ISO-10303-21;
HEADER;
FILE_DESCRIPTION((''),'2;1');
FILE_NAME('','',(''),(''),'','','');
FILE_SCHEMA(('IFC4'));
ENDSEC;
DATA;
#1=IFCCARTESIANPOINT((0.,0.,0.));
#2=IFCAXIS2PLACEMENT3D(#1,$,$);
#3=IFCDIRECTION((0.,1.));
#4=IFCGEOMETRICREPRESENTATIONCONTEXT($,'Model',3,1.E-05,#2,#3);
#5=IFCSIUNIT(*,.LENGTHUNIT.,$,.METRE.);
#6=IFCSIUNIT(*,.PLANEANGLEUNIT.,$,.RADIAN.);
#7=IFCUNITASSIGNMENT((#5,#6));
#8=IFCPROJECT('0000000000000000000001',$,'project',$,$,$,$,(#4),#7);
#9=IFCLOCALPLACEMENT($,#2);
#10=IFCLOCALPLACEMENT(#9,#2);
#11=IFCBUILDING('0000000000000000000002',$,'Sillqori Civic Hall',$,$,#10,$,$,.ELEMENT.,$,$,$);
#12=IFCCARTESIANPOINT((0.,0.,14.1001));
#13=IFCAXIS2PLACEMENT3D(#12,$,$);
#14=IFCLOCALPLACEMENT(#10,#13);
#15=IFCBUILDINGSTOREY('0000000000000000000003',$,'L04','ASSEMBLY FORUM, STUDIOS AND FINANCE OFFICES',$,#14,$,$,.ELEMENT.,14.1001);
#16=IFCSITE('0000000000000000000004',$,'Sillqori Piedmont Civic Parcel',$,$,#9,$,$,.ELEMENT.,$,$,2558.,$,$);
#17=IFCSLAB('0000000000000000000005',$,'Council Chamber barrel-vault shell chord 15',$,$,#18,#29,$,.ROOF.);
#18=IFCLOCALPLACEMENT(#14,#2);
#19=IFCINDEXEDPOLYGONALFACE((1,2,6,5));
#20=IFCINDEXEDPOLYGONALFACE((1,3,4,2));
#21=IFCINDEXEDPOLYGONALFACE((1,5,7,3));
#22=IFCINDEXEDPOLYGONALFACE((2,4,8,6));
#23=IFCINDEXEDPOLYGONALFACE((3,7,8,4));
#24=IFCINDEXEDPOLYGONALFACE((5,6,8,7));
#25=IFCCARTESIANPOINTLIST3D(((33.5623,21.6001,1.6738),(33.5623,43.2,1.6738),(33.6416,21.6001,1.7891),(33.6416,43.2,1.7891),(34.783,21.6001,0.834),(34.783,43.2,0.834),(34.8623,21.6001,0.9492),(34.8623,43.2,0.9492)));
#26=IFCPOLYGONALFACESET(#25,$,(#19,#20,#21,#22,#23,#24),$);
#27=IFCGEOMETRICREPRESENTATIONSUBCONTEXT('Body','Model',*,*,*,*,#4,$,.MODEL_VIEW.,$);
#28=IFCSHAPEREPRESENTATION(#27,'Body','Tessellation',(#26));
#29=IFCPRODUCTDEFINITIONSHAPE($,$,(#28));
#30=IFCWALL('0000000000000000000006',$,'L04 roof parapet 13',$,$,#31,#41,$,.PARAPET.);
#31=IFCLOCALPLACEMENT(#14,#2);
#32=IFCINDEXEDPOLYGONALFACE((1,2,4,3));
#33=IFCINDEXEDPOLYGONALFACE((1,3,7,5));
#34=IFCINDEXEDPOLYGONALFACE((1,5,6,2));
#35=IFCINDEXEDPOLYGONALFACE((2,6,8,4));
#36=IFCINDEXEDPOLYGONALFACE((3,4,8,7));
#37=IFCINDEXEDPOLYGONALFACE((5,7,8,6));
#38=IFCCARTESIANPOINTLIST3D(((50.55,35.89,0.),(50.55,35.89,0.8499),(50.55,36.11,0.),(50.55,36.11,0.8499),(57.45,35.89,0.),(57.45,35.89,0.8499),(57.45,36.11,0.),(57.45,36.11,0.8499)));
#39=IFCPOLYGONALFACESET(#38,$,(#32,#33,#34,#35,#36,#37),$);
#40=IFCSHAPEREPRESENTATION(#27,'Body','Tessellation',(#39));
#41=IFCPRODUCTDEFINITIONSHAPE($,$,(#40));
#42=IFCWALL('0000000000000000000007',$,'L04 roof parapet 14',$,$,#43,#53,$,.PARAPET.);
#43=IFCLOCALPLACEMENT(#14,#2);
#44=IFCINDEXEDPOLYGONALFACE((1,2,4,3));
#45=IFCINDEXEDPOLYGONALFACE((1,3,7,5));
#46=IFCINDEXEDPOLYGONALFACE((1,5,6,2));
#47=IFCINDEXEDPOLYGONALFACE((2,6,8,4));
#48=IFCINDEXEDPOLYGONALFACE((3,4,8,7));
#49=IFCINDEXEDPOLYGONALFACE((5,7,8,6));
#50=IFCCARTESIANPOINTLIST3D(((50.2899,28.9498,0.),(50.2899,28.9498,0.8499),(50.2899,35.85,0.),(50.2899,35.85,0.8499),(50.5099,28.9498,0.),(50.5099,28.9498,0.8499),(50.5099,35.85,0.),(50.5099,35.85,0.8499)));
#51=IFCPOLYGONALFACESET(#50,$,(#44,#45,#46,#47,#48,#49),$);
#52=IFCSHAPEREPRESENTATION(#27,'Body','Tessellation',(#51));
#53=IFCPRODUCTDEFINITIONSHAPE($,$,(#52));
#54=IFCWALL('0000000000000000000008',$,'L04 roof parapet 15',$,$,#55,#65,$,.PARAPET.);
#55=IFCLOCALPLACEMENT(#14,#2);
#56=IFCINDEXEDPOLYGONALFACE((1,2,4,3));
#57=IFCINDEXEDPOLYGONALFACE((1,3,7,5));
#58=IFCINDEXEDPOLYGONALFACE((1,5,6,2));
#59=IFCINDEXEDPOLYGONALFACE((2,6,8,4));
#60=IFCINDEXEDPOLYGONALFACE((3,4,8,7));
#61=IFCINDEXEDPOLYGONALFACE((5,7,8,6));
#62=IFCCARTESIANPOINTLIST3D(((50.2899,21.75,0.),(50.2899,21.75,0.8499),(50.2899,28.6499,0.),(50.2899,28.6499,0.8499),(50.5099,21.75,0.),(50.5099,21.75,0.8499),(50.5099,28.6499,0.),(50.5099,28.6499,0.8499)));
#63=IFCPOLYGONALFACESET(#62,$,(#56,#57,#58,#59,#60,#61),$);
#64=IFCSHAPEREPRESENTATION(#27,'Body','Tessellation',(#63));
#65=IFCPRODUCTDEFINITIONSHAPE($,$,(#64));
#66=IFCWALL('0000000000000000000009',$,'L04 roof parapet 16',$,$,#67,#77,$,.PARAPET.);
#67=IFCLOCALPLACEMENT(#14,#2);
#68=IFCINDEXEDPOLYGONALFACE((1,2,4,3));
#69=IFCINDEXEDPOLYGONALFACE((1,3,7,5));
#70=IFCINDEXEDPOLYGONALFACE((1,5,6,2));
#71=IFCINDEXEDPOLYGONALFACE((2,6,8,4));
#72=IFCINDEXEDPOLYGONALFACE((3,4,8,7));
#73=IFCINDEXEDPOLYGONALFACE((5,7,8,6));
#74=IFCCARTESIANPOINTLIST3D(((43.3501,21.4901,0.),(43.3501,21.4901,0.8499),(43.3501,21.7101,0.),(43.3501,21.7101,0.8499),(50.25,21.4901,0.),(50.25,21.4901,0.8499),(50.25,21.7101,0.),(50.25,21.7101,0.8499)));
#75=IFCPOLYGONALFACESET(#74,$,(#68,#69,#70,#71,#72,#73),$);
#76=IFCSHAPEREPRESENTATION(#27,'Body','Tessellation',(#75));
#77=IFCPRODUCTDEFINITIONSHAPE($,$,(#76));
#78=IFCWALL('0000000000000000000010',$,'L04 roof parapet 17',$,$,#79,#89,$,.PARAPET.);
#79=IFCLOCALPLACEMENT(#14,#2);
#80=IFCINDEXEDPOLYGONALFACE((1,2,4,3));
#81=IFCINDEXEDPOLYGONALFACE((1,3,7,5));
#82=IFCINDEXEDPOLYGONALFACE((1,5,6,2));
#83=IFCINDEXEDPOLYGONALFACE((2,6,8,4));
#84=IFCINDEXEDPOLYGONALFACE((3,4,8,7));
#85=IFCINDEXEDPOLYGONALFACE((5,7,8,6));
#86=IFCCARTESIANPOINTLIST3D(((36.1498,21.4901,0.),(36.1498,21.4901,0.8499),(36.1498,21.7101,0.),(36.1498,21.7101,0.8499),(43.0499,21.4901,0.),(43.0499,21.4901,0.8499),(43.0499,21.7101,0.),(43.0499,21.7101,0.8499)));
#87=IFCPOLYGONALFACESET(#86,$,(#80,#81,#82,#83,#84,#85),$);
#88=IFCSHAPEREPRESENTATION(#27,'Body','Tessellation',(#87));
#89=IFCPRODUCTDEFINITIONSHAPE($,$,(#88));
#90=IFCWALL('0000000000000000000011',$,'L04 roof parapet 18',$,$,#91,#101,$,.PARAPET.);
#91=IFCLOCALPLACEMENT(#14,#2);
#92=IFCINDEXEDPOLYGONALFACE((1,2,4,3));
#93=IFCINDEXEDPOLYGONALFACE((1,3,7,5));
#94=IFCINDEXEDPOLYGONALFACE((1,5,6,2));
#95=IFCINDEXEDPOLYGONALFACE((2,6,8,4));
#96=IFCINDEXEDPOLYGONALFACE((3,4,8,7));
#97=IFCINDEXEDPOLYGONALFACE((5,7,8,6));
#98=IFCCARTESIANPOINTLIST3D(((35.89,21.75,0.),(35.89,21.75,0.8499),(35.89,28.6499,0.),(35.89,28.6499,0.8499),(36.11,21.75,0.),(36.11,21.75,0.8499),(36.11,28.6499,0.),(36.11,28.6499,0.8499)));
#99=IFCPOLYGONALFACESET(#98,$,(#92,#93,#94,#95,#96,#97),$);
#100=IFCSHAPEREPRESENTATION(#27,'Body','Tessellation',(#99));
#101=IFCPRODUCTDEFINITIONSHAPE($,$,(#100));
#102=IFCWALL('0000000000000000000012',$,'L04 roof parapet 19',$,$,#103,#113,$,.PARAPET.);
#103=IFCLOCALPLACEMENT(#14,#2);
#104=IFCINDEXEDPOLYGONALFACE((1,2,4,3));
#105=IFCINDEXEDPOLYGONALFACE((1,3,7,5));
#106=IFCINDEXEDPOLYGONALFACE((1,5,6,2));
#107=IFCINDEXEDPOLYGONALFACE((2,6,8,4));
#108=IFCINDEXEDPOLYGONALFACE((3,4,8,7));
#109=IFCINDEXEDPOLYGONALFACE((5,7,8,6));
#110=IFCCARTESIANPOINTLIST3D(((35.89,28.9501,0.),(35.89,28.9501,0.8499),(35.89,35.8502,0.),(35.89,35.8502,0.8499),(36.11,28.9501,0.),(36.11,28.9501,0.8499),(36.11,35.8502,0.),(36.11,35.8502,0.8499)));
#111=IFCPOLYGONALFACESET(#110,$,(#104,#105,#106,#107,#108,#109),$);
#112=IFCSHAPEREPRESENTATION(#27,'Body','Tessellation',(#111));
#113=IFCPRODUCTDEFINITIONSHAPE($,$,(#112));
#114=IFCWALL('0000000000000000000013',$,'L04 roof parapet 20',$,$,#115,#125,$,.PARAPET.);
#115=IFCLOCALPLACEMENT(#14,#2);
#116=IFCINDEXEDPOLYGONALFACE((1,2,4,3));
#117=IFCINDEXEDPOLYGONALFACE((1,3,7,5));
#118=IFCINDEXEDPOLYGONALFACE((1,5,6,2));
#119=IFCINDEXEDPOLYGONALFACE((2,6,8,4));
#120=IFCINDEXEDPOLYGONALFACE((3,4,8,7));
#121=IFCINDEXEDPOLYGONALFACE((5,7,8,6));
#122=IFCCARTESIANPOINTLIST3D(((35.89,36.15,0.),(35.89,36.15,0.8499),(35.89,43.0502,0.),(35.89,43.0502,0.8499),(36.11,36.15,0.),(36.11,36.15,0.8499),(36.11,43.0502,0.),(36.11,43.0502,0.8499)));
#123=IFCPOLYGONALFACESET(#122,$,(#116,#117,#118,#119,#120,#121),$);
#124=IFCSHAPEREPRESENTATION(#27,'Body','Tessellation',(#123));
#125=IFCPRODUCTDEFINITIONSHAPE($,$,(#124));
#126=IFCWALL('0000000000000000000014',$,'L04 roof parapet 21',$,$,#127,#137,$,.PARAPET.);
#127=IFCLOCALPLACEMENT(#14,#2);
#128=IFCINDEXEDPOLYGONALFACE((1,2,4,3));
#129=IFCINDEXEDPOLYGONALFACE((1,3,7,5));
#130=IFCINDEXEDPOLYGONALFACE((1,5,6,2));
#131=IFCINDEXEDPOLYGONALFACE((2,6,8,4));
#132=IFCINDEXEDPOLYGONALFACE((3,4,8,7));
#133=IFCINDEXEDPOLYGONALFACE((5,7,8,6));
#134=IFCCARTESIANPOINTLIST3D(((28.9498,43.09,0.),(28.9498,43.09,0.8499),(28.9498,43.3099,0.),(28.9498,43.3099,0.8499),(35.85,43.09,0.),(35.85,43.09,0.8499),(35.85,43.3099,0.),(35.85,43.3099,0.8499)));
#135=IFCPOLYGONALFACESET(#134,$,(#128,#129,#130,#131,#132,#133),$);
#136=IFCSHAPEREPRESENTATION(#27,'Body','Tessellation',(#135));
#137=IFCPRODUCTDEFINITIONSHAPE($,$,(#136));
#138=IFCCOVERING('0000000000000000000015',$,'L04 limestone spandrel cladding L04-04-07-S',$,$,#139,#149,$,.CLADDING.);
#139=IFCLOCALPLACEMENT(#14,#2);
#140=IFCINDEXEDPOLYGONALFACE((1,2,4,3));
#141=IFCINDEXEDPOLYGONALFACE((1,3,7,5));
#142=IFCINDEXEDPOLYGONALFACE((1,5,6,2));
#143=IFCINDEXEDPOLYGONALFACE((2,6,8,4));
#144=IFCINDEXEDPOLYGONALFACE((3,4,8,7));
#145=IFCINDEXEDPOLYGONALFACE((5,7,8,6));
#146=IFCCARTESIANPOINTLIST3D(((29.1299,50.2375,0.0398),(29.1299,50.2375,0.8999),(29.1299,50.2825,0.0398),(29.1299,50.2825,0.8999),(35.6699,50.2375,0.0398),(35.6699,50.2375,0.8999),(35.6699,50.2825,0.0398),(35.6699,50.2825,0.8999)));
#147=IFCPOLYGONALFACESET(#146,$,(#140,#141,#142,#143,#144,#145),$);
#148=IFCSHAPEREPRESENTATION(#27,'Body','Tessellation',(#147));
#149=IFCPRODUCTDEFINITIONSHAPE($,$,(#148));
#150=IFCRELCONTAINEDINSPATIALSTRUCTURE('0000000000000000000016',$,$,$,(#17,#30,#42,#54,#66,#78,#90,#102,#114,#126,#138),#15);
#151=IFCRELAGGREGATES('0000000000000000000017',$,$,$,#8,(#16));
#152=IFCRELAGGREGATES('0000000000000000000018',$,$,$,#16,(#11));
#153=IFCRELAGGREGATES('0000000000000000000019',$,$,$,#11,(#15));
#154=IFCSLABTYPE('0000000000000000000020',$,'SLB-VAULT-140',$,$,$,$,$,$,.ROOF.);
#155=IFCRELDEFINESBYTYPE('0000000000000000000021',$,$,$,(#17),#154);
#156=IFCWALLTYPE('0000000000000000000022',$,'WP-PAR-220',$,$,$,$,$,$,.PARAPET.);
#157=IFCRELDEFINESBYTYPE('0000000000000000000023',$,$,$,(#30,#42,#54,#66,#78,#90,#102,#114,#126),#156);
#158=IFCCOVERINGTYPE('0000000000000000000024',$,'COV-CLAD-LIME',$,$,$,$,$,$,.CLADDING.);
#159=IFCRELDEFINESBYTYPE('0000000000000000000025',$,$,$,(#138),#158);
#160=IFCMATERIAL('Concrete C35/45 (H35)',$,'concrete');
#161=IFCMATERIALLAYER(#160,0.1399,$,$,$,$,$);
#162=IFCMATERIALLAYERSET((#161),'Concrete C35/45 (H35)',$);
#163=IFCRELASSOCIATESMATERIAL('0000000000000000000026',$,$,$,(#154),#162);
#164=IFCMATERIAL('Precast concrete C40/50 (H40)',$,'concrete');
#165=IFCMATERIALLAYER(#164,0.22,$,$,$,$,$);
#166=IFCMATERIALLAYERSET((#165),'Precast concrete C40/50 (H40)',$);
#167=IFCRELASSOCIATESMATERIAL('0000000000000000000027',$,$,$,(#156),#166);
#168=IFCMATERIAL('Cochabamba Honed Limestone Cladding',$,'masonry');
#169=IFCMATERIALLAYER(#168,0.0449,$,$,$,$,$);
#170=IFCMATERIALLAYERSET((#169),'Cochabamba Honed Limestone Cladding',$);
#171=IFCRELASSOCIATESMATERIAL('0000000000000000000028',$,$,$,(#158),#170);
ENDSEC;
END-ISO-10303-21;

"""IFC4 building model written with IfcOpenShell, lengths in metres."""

from ifc_helpers import new_model, si_unit, direction, frame, frame_2d, origin, place, context, subcontext, project, spatial, polyline, rectangle, outline, extrude, material, layer, layer_set, type_object, element, save


model = new_model("IFC4")

# Units and contexts
model_context = context("Model", 3, precision=1e-05, world=origin(), true_north=direction((0.0, 1.0)))
body_context = subcontext(model_context, "Body", "Model", "MODEL_VIEW")
ifc_project = project(units=[si_unit("LENGTHUNIT", "METRE"), si_unit("PLANEANGLEUNIT", "RADIAN")], contexts=[model_context])

# Site, building, storey
site_placement = place(None, origin())
site = spatial("IfcSite", under=ifc_project, at=site_placement, Name="Sillqori Piedmont Civic Parcel", CompositionType="ELEMENT", RefElevation=2558.0)
building_placement = place(site_placement, origin())
building = spatial("IfcBuilding", under=site, at=building_placement, Name="Sillqori Civic Hall", CompositionType="ELEMENT")
storey_placement = place(building_placement, frame((0.0, 0.0, 14.1001)))
storey = spatial("IfcBuildingStorey", under=building, at=storey_placement, Name="L04", Description="ASSEMBLY FORUM, STUDIOS AND FINANCE OFFICES", CompositionType="ELEMENT", Elevation=14.1001)

# Shared definitions
ifc_material_1 = material(Name="Precast concrete C40/50 (H40)", Category="concrete")

# Slab
ifc_material_2 = material(Name="Concrete C35/45 (H35)", Category="concrete")
ifc_layer_1 = layer(ifc_material_2, 0.1399)
ifc_layer_set_1 = layer_set([ifc_layer_1], Name="Concrete C35/45 (H35)")
slab_type = type_object("IfcSlabType", Name="SLB-VAULT-140", PredefinedType="ROOF", material=ifc_layer_set_1)
slab_1_placement = place(storey_placement, frame((33.6416, 21.6001, 1.7891), z_axis=(0.566809, 0.0, 0.82385), x_axis=(0.82385, 0.0, -0.566809)))
element("IfcSlab", 1, at=slab_1_placement, inside=storey, type_object=slab_type, Name="Council Chamber barrel-vault shell chord 15", PredefinedType="ROOF", context=body_context, shape_type="SweptSolid", body=[
    extrude(outline(polyline([(0.0, 0.0), (1.4817, 0.0), (1.4817, 21.5999), (0.0, 21.5999), (0.0, 0.0)])), origin(), (0.0, 0.0, -1.0), 0.1399),
])

# Walls
ifc_layer_2 = layer(ifc_material_1, 0.22)
ifc_layer_set_2 = layer_set([ifc_layer_2], Name="Precast concrete C40/50 (H40)")
wall_type = type_object("IfcWallType", Name="WP-PAR-220", PredefinedType="PARAPET", material=ifc_layer_set_2)
wall_1_placement = place(storey_placement, frame((57.45, 36.0, 0.0), z_axis=(0.0, 0.0, 1.0), x_axis=(-1.0, 0.0, 0.0)))
element("IfcWall", 2, at=wall_1_placement, inside=storey, type_object=wall_type, Name="L04 roof parapet 13", PredefinedType="PARAPET", context=body_context, shape_type="SweptSolid", body=[
    extrude(rectangle(XDim=6.8999, YDim=0.22, at=frame_2d((3.45, 0.0))), origin(), (0.0, 0.0, 1.0), 0.8499),
])
wall_2_placement = place(storey_placement, frame((50.3999, 35.8501, 0.0), z_axis=(0.0, 0.0, 1.0), x_axis=(0.0, -1.0, 0.0)))
element("IfcWall", 3, at=wall_2_placement, inside=storey, type_object=wall_type, Name="L04 roof parapet 14", PredefinedType="PARAPET", context=body_context, shape_type="SweptSolid", body=[
    extrude(rectangle(XDim=6.9001, YDim=0.22, at=frame_2d((3.4502, 0.0))), origin(), (0.0, 0.0, 1.0), 0.8499),
])
for number, where, z_axis, x_axis, name in (
    (4, (50.3999, 28.6499, 0.0), (0.0, 0.0, 1.0), (0.0, -1.0, 0.0), "L04 roof parapet 15"),
    (5, (50.25, 21.6001, 0.0), (0.0, 0.0, 1.0), (-1.0, 0.0, 0.0), "L04 roof parapet 16"),
):
    element("IfcWall", number, at=place(storey_placement, frame(where, z_axis=z_axis, x_axis=x_axis)), inside=storey, type_object=wall_type, Name=name, PredefinedType="PARAPET", context=body_context, shape_type="SweptSolid", body=[
        extrude(rectangle(XDim=6.8999, YDim=0.22, at=frame_2d((3.45, 0.0))), origin(), (0.0, 0.0, 1.0), 0.8499),
    ])
wall_3_placement = place(storey_placement, frame((43.05, 21.6001, 0.0), z_axis=(0.0, 0.0, 1.0), x_axis=(-1.0, 0.0, 0.0)))
element("IfcWall", 6, at=wall_3_placement, inside=storey, type_object=wall_type, Name="L04 roof parapet 17", PredefinedType="PARAPET", context=body_context, shape_type="SweptSolid", body=[
    extrude(rectangle(XDim=6.9001, YDim=0.22, at=frame_2d((3.4502, 0.0))), origin(), (0.0, 0.0, 1.0), 0.8499),
])
wall_4_placement = place(storey_placement, frame((36.0, 21.75, 0.0), z_axis=(0.0, 0.0, 1.0), x_axis=(0.0, 1.0, 0.0)))
element("IfcWall", 7, at=wall_4_placement, inside=storey, type_object=wall_type, Name="L04 roof parapet 18", PredefinedType="PARAPET", context=body_context, shape_type="SweptSolid", body=[
    extrude(rectangle(XDim=6.8999, YDim=0.22, at=frame_2d((3.45, 0.0))), origin(), (0.0, 0.0, 1.0), 0.8499),
])
for number, where, z_axis, x_axis, name in (
    (8, (36.0, 28.95, 0.0), (0.0, 0.0, 1.0), (0.0, 1.0, 0.0), "L04 roof parapet 19"),
    (9, (36.0, 36.1499, 0.0), (0.0, 0.0, 1.0), (0.0, 1.0, 0.0), "L04 roof parapet 20"),
    (10, (35.8501, 43.2, 0.0), (0.0, 0.0, 1.0), (-1.0, 0.0, 0.0), "L04 roof parapet 21"),
):
    element("IfcWall", number, at=place(storey_placement, frame(where, z_axis=z_axis, x_axis=x_axis)), inside=storey, type_object=wall_type, Name=name, PredefinedType="PARAPET", context=body_context, shape_type="SweptSolid", body=[
        extrude(rectangle(XDim=6.9001, YDim=0.22, at=frame_2d((3.4502, 0.0))), origin(), (0.0, 0.0, 1.0), 0.8499),
    ])

# Covering
ifc_material_3 = material(Name="Cochabamba Honed Limestone Cladding", Category="masonry")
ifc_layer_3 = layer(ifc_material_3, 0.0449)
ifc_layer_set_3 = layer_set([ifc_layer_3], Name="Cochabamba Honed Limestone Cladding")
covering_type = type_object("IfcCoveringType", Name="COV-CLAD-LIME", PredefinedType="CLADDING", material=ifc_layer_set_3)
covering_placement = place(storey_placement, frame((35.6699, 50.26, 0.0398), z_axis=(0.0, 0.0, 1.0), x_axis=(-1.0, 0.0, 0.0)))
element("IfcCovering", 11, at=covering_placement, inside=storey, type_object=covering_type, Name="L04 limestone spandrel cladding L04-04-07-S", PredefinedType="CLADDING", context=body_context, shape_type="SweptSolid", body=[
    extrude(rectangle(XDim=6.54, YDim=0.0449, at=frame_2d((3.27, 0.0))), origin(), (0.0, 0.0, 1.0), 0.8601),
])

save(model, "model.ifc")
